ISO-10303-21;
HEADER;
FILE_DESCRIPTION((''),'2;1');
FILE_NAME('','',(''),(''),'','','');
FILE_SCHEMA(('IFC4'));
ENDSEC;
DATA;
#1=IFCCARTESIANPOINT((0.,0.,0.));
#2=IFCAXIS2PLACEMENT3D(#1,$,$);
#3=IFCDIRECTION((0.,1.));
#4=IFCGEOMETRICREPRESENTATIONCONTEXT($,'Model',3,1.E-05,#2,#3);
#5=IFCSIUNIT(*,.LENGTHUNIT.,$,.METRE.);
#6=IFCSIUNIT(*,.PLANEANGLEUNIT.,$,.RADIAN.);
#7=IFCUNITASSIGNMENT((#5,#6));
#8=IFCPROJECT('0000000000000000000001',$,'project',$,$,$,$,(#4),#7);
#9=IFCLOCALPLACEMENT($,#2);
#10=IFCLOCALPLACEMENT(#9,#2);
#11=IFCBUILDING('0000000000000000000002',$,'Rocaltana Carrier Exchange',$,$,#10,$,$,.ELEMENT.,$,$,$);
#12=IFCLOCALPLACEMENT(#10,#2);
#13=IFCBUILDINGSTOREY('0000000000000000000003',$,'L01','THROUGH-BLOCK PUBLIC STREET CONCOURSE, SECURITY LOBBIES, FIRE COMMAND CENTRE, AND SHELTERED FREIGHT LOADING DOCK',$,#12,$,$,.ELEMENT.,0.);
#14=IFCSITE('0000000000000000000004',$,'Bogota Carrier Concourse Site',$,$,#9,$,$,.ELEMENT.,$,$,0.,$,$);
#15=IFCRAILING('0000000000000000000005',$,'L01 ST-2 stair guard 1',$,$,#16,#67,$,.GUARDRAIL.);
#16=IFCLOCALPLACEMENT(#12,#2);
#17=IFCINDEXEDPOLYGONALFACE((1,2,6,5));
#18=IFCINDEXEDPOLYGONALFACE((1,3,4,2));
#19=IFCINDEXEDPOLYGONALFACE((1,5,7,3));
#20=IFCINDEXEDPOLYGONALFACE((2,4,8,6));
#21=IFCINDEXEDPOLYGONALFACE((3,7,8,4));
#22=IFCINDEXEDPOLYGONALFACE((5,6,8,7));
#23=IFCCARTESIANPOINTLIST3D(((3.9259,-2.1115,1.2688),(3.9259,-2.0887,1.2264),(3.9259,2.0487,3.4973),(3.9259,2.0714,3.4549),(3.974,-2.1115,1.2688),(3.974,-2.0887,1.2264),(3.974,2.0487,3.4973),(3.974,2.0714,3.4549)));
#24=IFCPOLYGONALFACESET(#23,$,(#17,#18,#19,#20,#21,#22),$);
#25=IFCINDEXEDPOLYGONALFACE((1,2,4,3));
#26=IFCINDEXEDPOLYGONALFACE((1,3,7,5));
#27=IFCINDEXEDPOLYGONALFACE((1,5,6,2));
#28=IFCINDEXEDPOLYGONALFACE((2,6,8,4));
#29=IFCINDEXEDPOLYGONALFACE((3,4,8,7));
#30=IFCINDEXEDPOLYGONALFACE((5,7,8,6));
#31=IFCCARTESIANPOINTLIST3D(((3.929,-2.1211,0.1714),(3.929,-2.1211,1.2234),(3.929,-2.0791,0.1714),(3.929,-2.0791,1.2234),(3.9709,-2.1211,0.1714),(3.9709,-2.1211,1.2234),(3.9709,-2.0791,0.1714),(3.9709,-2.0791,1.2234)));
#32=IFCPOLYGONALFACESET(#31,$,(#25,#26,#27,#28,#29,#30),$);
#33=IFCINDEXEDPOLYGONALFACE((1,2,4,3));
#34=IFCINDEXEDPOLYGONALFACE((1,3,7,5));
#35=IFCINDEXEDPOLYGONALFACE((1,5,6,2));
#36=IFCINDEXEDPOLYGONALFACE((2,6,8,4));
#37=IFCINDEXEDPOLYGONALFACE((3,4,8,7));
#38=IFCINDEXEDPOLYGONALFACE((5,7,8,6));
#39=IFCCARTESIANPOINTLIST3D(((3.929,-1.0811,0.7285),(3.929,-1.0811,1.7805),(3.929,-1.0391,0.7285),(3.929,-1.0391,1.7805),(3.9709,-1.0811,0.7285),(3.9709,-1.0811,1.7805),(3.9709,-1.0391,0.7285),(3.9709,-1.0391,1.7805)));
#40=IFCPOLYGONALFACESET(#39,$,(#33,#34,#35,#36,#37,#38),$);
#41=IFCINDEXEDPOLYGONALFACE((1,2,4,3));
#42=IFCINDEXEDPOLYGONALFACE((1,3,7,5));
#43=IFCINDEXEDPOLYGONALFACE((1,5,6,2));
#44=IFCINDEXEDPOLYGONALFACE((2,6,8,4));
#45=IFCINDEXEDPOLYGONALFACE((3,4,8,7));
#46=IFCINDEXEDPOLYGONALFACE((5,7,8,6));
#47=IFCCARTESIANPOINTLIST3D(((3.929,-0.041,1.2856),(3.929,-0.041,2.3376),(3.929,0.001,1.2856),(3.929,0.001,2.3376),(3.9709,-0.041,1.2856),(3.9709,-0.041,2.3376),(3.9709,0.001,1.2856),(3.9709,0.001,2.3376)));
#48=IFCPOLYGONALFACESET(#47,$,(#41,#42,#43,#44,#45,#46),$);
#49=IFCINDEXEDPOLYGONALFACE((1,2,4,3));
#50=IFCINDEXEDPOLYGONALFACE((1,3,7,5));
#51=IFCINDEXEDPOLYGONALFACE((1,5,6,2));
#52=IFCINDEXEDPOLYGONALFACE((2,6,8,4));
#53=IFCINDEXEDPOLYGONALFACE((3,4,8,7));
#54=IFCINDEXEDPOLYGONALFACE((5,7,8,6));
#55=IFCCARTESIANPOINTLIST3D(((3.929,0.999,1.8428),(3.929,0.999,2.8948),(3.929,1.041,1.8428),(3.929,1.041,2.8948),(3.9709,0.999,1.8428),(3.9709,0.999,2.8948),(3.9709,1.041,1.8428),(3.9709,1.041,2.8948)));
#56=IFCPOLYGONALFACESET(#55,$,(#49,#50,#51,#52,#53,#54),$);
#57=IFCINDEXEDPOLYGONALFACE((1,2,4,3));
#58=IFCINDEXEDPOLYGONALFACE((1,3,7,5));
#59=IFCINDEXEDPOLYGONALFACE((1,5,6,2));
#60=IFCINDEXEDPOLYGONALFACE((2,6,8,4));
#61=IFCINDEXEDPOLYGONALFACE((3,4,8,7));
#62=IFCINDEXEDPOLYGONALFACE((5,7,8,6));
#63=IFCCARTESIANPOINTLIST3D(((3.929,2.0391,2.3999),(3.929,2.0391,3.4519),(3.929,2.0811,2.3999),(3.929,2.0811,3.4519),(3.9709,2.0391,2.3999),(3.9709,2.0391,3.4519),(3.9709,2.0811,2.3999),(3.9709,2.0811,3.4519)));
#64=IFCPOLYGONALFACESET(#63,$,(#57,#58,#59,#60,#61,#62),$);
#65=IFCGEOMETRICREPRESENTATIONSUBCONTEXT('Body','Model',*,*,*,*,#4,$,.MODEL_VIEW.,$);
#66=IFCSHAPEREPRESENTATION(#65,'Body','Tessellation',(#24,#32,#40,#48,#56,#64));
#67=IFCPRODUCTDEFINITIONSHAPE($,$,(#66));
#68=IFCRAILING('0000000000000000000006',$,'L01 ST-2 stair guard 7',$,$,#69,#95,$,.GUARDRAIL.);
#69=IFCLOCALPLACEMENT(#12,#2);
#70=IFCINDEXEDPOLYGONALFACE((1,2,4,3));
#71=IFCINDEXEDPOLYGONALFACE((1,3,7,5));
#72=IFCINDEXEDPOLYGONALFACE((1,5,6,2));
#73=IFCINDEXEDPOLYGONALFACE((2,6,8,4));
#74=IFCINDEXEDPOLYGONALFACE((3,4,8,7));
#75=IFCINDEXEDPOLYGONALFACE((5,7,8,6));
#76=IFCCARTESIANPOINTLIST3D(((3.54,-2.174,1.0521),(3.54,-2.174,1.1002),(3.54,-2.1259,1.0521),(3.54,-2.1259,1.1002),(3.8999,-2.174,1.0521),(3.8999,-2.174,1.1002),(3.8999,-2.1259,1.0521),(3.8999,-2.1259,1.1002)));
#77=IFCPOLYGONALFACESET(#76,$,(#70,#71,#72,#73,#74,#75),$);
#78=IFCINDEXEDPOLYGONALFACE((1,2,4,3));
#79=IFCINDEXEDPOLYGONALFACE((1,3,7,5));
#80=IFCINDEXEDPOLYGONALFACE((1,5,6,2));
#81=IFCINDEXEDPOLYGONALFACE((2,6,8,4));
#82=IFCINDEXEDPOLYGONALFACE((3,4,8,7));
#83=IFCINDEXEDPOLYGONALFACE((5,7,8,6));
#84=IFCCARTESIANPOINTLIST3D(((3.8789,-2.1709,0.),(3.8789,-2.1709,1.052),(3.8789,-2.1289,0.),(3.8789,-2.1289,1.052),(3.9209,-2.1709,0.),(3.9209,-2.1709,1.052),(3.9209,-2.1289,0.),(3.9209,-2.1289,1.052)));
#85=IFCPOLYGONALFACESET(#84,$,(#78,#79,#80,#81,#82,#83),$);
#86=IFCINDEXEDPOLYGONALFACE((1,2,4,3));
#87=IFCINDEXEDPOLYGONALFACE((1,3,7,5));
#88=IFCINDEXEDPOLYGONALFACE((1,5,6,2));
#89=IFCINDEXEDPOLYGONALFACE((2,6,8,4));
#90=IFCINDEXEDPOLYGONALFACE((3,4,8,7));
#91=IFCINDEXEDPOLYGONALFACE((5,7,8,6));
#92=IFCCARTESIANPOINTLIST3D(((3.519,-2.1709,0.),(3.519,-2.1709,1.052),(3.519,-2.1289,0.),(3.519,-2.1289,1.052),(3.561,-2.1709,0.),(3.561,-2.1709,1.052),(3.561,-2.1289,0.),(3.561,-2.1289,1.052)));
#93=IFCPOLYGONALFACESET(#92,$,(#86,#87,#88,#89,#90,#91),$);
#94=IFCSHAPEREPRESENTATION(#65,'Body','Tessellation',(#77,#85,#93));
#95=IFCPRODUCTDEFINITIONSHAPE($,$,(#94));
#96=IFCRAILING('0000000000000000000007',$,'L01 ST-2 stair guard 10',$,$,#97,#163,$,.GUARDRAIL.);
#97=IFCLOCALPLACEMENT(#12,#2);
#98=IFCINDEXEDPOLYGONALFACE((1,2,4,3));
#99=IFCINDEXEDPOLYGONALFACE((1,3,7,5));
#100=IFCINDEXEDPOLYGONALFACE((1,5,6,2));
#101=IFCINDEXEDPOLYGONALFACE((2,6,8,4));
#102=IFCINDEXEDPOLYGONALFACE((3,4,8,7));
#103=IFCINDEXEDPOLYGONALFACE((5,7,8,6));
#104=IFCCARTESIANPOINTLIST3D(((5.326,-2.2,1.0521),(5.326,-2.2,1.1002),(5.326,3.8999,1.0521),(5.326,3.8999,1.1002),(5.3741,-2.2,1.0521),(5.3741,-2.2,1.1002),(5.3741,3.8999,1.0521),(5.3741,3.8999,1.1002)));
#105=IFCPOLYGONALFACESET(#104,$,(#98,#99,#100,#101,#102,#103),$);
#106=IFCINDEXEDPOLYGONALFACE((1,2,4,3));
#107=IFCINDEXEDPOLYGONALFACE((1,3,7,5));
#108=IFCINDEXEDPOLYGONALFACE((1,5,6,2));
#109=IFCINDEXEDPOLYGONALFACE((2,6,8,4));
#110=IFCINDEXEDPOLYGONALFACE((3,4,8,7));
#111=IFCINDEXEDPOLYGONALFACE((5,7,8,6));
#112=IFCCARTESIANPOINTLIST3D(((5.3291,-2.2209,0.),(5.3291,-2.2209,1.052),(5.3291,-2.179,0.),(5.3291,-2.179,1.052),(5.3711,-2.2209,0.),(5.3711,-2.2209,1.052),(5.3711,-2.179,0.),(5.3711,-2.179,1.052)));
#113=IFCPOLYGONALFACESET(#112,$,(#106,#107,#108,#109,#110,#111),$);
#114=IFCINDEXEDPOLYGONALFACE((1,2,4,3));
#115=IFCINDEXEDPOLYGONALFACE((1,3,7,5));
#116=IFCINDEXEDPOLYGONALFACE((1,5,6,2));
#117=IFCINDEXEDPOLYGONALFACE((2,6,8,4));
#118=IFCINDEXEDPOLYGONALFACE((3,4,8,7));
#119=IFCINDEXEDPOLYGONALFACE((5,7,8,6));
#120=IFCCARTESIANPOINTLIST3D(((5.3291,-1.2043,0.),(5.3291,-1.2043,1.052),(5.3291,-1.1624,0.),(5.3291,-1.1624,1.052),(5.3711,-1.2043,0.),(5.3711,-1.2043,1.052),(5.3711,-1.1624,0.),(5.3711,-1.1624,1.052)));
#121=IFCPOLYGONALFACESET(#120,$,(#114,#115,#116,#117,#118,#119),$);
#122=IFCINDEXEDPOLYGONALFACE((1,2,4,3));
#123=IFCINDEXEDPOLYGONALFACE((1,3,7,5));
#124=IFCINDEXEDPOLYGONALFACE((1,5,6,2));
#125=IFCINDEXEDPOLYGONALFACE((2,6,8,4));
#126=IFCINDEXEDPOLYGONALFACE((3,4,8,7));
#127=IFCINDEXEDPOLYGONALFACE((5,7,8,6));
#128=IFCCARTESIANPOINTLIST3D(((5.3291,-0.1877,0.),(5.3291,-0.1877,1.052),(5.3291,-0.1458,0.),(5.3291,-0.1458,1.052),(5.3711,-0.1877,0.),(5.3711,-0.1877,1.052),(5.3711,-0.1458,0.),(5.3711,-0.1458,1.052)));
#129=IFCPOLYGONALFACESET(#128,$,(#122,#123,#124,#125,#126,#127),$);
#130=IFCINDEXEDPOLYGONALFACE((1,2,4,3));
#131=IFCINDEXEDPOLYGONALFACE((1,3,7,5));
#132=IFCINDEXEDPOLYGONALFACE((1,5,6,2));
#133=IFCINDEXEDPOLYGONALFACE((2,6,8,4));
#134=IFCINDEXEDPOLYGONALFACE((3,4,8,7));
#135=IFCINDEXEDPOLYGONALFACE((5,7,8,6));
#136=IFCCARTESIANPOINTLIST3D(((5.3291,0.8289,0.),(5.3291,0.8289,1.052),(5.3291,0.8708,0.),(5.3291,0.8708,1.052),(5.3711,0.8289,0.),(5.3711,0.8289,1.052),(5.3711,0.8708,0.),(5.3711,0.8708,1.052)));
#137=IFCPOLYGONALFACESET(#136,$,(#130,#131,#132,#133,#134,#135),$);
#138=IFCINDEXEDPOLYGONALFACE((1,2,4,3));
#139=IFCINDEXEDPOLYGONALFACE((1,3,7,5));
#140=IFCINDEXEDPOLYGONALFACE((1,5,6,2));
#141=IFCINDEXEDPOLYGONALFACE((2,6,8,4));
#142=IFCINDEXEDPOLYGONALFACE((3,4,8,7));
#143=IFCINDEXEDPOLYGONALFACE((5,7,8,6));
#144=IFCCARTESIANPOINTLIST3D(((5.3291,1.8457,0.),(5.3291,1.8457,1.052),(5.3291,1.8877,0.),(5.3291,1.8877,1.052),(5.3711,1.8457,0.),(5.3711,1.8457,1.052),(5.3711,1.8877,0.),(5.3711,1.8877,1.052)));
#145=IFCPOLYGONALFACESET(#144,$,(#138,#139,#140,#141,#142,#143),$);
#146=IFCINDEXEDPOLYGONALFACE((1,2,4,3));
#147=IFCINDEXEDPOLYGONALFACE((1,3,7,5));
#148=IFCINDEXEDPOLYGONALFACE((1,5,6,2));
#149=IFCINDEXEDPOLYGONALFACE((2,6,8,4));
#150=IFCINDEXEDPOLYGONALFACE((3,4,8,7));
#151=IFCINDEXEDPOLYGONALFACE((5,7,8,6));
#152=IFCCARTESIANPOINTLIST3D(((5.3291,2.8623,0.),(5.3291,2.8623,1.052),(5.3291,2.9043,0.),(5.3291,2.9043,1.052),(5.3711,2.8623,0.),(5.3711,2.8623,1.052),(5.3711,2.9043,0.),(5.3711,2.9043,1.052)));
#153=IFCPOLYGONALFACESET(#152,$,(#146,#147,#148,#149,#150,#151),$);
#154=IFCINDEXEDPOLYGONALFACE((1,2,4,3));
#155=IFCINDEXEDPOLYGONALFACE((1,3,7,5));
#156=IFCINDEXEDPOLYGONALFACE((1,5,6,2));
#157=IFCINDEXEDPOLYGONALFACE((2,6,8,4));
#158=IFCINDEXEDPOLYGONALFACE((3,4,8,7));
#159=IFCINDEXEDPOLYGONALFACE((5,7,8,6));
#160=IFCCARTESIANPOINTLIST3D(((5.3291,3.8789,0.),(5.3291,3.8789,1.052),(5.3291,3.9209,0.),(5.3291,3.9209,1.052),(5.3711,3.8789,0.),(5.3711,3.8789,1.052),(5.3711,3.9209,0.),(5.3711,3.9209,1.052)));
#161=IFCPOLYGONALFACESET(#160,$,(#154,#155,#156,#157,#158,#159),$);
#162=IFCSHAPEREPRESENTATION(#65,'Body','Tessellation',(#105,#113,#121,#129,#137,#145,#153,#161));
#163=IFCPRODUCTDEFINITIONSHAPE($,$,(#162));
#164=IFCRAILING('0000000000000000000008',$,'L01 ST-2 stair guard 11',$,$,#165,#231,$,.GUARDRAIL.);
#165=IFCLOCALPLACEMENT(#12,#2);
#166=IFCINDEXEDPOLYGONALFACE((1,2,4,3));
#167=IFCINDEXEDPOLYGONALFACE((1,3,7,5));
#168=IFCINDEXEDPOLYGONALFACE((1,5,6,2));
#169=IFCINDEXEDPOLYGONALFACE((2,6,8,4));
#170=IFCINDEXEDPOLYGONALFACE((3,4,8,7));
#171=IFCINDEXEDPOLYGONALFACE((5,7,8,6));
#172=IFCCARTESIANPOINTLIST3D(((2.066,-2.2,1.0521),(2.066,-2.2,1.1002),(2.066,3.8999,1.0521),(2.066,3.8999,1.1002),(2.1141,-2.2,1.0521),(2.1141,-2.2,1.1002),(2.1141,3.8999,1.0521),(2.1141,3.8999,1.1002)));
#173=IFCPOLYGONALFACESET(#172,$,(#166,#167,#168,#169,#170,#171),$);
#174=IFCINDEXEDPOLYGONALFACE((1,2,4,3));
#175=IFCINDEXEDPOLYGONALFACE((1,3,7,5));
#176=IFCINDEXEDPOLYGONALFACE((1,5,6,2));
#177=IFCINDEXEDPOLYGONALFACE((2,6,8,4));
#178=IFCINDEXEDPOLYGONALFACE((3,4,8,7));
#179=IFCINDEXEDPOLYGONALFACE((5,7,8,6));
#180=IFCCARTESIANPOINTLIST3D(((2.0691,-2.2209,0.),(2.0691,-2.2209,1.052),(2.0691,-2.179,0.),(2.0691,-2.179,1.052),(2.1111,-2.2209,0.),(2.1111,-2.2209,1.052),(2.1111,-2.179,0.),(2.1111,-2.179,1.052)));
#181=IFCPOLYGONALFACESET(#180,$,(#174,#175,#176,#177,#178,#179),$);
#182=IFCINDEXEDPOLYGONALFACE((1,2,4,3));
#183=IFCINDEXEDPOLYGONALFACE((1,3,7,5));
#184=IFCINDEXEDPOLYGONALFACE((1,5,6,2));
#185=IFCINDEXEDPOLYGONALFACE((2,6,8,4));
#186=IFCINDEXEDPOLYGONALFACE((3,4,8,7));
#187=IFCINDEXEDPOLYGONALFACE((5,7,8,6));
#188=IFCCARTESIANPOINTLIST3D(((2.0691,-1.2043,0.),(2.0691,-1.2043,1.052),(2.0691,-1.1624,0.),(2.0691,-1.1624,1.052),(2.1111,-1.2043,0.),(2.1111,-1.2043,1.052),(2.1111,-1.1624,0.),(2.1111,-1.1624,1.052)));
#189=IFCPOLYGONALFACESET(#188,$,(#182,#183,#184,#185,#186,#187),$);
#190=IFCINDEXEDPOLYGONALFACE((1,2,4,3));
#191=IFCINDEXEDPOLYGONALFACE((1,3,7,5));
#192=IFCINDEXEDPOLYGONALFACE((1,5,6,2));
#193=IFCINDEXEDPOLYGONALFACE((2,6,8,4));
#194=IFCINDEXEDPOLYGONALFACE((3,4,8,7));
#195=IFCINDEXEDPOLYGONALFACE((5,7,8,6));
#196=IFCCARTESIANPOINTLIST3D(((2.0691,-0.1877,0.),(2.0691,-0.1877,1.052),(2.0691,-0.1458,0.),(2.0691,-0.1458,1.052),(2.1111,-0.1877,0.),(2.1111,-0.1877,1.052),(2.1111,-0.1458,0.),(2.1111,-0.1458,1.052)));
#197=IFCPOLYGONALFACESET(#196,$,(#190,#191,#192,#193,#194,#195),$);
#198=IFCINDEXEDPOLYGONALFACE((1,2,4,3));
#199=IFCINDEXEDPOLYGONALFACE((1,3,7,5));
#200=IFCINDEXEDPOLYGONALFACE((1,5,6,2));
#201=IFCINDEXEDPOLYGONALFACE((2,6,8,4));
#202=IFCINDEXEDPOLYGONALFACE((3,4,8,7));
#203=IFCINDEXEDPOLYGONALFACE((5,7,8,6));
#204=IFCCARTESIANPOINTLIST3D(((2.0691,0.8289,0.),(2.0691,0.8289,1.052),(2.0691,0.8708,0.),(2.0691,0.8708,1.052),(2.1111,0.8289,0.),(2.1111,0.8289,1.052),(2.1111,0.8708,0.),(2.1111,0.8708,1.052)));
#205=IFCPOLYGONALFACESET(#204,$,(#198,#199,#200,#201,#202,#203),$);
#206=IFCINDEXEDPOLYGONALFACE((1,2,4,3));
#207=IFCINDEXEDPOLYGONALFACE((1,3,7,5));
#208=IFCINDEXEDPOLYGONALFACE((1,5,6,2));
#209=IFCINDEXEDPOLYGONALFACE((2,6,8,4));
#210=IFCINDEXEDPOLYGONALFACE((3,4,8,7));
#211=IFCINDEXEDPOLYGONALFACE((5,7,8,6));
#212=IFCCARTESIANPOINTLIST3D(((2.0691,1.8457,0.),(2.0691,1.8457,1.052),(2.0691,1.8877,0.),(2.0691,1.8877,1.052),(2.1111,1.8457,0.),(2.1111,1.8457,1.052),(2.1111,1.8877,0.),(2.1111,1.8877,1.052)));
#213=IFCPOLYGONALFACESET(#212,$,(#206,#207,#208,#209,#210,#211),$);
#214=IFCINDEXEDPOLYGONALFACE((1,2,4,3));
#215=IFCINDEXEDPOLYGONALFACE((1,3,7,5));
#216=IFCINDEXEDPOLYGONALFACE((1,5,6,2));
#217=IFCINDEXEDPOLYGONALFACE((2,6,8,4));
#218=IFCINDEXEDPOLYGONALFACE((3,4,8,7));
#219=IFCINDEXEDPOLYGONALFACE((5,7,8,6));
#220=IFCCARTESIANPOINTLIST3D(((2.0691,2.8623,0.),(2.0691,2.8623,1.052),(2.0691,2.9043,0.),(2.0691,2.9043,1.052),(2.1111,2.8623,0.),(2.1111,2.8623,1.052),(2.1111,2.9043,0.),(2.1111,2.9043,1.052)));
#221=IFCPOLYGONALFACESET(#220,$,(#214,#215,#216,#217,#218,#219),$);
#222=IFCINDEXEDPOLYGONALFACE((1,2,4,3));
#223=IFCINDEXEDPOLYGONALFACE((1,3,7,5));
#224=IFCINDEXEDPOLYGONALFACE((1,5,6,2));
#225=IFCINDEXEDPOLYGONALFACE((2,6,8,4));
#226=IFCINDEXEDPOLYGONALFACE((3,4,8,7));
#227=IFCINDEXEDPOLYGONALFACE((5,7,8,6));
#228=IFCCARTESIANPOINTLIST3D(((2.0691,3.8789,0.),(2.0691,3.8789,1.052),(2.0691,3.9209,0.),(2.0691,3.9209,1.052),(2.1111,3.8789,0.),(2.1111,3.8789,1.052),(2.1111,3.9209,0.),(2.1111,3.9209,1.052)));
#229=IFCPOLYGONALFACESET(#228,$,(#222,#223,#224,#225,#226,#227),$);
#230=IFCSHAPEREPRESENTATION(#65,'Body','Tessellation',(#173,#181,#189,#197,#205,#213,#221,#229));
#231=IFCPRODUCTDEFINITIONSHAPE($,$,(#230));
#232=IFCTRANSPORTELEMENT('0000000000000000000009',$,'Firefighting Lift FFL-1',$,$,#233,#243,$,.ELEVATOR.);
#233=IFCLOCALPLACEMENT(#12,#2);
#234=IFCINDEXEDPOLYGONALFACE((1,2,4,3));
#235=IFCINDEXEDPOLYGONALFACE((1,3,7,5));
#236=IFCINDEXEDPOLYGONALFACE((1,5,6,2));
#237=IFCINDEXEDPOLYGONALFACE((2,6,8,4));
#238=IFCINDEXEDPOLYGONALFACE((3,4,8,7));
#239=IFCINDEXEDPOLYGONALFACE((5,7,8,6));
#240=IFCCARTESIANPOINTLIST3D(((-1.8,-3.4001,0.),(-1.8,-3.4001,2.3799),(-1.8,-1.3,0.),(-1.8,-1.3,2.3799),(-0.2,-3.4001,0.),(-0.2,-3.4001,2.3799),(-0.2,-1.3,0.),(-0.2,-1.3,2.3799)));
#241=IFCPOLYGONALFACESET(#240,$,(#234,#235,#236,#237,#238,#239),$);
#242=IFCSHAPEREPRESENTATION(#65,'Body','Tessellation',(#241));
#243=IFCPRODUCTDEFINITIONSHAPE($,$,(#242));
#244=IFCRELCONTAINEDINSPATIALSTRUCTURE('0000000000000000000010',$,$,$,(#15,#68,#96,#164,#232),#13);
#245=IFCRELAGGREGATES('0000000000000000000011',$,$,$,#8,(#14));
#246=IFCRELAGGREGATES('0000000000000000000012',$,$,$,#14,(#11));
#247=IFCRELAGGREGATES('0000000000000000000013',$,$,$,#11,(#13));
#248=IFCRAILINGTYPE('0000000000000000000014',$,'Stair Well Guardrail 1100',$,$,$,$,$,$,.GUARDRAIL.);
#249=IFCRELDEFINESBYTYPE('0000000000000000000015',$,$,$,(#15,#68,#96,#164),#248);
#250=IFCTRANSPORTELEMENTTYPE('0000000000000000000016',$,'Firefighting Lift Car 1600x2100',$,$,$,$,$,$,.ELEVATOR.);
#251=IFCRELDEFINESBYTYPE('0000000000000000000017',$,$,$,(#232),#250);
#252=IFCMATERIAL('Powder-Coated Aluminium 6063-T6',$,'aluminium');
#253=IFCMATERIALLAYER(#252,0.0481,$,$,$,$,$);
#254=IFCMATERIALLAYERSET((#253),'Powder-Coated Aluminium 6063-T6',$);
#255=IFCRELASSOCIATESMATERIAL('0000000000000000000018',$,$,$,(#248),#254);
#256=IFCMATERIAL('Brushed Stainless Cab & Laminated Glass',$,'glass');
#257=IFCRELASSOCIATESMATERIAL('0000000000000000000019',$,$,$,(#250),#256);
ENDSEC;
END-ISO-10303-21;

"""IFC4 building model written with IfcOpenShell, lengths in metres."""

from ifc_helpers import new_model, si_unit, direction, frame, origin, origin_2d, place, context, subcontext, project, spatial, rectangle, extrude, material, layer, layer_set, type_object, element, save


model = new_model("IFC4")

# Units and contexts
model_context = context("Model", 3, precision=1e-05, world=origin(), true_north=direction((0.0, 1.0)))
body_context = subcontext(model_context, "Body", "Model", "MODEL_VIEW")
ifc_project = project(units=[si_unit("LENGTHUNIT", "METRE"), si_unit("PLANEANGLEUNIT", "RADIAN")], contexts=[model_context])

# Site, building, storey
site_placement = place(None, origin())
site = spatial("IfcSite", under=ifc_project, at=site_placement, Name="Bogota Carrier Concourse Site", CompositionType="ELEMENT", RefElevation=0.0)
building_placement = place(site_placement, origin())
building = spatial("IfcBuilding", under=site, at=building_placement, Name="Rocaltana Carrier Exchange", CompositionType="ELEMENT")
storey_placement = place(building_placement, origin())
storey = spatial("IfcBuildingStorey", under=building, at=storey_placement, Name="L01", Description="THROUGH-BLOCK PUBLIC STREET CONCOURSE, SECURITY LOBBIES, FIRE COMMAND CENTRE, AND SHELTERED FREIGHT LOADING DOCK", CompositionType="ELEMENT", Elevation=0.0)

# Railings
ifc_material_1 = material(Name="Powder-Coated Aluminium 6063-T6", Category="aluminium")
ifc_layer_1 = layer(ifc_material_1, 0.0481)
ifc_layer_set_1 = layer_set([ifc_layer_1], Name="Powder-Coated Aluminium 6063-T6")
railing_type_1 = type_object("IfcRailingType", Name="Stair Well Guardrail 1100", PredefinedType="GUARDRAIL", material=ifc_layer_set_1)
railing_1_placement = place(storey_placement, frame((3.95, -2.1001, 0.1714)))
element("IfcRailing", 1, at=railing_1_placement, inside=storey, type_object=railing_type_1, Name="L01 ST-2 stair guard 1", PredefinedType="GUARDRAIL", context=body_context, shape_type="SweptSolid", body=[
    extrude(rectangle(XDim=0.0481, YDim=0.0481, at=origin_2d()), frame((0.0, 0.0, 1.0762), z_axis=(0.0, 0.881492, 0.472198), x_axis=(-1.0, 0.0, 0.0)), (0.0, 0.0, 1.0), 4.7195),
    extrude(rectangle(XDim=0.042, YDim=0.042, at=origin_2d()), origin(), (0.0, 0.0, 1.0), 1.052),
    extrude(rectangle(XDim=0.042, YDim=0.042, at=origin_2d()), frame((0.0, 1.04, 0.5571)), (0.0, 0.0, 1.0), 1.052),
    extrude(rectangle(XDim=0.042, YDim=0.042, at=origin_2d()), frame((0.0, 2.0801, 1.1143)), (0.0, 0.0, 1.0), 1.052),
    extrude(rectangle(XDim=0.042, YDim=0.042, at=origin_2d()), frame((0.0, 3.1201, 1.6714)), (0.0, 0.0, 1.0), 1.052),
    extrude(rectangle(XDim=0.042, YDim=0.042, at=origin_2d()), frame((0.0, 4.1602, 2.2285)), (0.0, 0.0, 1.0), 1.052),
])
railing_2_placement = place(storey_placement, frame((3.8999, -2.1499, 0.0)))
element("IfcRailing", 2, at=railing_2_placement, inside=storey, type_object=railing_type_1, Name="L01 ST-2 stair guard 7", PredefinedType="GUARDRAIL", context=body_context, shape_type="SweptSolid", body=[
    extrude(rectangle(XDim=0.0481, YDim=0.0481, at=origin_2d()), frame((0.0, 0.0, 1.0762), z_axis=(-1.0, 0.0, 0.0), x_axis=(0.0, -1.0, 0.0)), (0.0, 0.0, 1.0), 0.3599),
    extrude(rectangle(XDim=0.042, YDim=0.042, at=origin_2d()), origin(), (0.0, 0.0, 1.0), 1.052),
    extrude(rectangle(XDim=0.042, YDim=0.042, at=origin_2d()), frame((-0.3599, 0.0, 0.0)), (0.0, 0.0, 1.0), 1.052),
])
for number, where, name in (
    (3, (5.3501, -2.2, 0.0), "L01 ST-2 stair guard 10"),
    (4, (2.0901, -2.2, 0.0), "L01 ST-2 stair guard 11"),
):
    element("IfcRailing", number, at=place(storey_placement, frame(where)), inside=storey, type_object=railing_type_1, Name=name, PredefinedType="GUARDRAIL", context=body_context, shape_type="SweptSolid", body=[
        extrude(rectangle(XDim=0.0481, YDim=0.0481, at=origin_2d()), frame((0.0, 0.0, 1.0762), z_axis=(0.0, 1.0, 0.0), x_axis=(-1.0, 0.0, 0.0)), (0.0, 0.0, 1.0), 6.0999),
        extrude(rectangle(XDim=0.042, YDim=0.042, at=origin_2d()), origin(), (0.0, 0.0, 1.0), 1.052),
        extrude(rectangle(XDim=0.042, YDim=0.042, at=origin_2d()), frame((0.0, 1.0166, 0.0)), (0.0, 0.0, 1.0), 1.052),
        extrude(rectangle(XDim=0.042, YDim=0.042, at=origin_2d()), frame((0.0, 2.0332, 0.0)), (0.0, 0.0, 1.0), 1.052),
        extrude(rectangle(XDim=0.042, YDim=0.042, at=origin_2d()), frame((0.0, 3.0498, 0.0)), (0.0, 0.0, 1.0), 1.052),
        extrude(rectangle(XDim=0.042, YDim=0.042, at=origin_2d()), frame((0.0, 4.0667, 0.0)), (0.0, 0.0, 1.0), 1.052),
        extrude(rectangle(XDim=0.042, YDim=0.042, at=origin_2d()), frame((0.0, 5.0833, 0.0)), (0.0, 0.0, 1.0), 1.052),
        extrude(rectangle(XDim=0.042, YDim=0.042, at=origin_2d()), frame((0.0, 6.0999, 0.0)), (0.0, 0.0, 1.0), 1.052),
    ])

# Transport element
ifc_material_2 = material(Name="Brushed Stainless Cab & Laminated Glass", Category="glass")
transport_element_type = type_object("IfcTransportElementType", Name="Firefighting Lift Car 1600x2100", PredefinedType="ELEVATOR", material=ifc_material_2)
for number, where, z_axis, x_axis, name in (
    (5, (-1.0, -2.3501, 0.0), (0.0, 0.0, 1.0), (1.0, 0.0, 0.0), "Firefighting Lift FFL-1"),
):
    element("IfcTransportElement", number, at=place(storey_placement, frame(where, z_axis=z_axis, x_axis=x_axis)), inside=storey, type_object=transport_element_type, Name=name, PredefinedType="ELEVATOR", context=body_context, shape_type="SweptSolid", body=[
        extrude(rectangle(XDim=1.6001, YDim=2.1001, at=origin_2d()), origin(), (0.0, 0.0, 1.0), 2.3799),
    ])

save(model, "model.ifc")
